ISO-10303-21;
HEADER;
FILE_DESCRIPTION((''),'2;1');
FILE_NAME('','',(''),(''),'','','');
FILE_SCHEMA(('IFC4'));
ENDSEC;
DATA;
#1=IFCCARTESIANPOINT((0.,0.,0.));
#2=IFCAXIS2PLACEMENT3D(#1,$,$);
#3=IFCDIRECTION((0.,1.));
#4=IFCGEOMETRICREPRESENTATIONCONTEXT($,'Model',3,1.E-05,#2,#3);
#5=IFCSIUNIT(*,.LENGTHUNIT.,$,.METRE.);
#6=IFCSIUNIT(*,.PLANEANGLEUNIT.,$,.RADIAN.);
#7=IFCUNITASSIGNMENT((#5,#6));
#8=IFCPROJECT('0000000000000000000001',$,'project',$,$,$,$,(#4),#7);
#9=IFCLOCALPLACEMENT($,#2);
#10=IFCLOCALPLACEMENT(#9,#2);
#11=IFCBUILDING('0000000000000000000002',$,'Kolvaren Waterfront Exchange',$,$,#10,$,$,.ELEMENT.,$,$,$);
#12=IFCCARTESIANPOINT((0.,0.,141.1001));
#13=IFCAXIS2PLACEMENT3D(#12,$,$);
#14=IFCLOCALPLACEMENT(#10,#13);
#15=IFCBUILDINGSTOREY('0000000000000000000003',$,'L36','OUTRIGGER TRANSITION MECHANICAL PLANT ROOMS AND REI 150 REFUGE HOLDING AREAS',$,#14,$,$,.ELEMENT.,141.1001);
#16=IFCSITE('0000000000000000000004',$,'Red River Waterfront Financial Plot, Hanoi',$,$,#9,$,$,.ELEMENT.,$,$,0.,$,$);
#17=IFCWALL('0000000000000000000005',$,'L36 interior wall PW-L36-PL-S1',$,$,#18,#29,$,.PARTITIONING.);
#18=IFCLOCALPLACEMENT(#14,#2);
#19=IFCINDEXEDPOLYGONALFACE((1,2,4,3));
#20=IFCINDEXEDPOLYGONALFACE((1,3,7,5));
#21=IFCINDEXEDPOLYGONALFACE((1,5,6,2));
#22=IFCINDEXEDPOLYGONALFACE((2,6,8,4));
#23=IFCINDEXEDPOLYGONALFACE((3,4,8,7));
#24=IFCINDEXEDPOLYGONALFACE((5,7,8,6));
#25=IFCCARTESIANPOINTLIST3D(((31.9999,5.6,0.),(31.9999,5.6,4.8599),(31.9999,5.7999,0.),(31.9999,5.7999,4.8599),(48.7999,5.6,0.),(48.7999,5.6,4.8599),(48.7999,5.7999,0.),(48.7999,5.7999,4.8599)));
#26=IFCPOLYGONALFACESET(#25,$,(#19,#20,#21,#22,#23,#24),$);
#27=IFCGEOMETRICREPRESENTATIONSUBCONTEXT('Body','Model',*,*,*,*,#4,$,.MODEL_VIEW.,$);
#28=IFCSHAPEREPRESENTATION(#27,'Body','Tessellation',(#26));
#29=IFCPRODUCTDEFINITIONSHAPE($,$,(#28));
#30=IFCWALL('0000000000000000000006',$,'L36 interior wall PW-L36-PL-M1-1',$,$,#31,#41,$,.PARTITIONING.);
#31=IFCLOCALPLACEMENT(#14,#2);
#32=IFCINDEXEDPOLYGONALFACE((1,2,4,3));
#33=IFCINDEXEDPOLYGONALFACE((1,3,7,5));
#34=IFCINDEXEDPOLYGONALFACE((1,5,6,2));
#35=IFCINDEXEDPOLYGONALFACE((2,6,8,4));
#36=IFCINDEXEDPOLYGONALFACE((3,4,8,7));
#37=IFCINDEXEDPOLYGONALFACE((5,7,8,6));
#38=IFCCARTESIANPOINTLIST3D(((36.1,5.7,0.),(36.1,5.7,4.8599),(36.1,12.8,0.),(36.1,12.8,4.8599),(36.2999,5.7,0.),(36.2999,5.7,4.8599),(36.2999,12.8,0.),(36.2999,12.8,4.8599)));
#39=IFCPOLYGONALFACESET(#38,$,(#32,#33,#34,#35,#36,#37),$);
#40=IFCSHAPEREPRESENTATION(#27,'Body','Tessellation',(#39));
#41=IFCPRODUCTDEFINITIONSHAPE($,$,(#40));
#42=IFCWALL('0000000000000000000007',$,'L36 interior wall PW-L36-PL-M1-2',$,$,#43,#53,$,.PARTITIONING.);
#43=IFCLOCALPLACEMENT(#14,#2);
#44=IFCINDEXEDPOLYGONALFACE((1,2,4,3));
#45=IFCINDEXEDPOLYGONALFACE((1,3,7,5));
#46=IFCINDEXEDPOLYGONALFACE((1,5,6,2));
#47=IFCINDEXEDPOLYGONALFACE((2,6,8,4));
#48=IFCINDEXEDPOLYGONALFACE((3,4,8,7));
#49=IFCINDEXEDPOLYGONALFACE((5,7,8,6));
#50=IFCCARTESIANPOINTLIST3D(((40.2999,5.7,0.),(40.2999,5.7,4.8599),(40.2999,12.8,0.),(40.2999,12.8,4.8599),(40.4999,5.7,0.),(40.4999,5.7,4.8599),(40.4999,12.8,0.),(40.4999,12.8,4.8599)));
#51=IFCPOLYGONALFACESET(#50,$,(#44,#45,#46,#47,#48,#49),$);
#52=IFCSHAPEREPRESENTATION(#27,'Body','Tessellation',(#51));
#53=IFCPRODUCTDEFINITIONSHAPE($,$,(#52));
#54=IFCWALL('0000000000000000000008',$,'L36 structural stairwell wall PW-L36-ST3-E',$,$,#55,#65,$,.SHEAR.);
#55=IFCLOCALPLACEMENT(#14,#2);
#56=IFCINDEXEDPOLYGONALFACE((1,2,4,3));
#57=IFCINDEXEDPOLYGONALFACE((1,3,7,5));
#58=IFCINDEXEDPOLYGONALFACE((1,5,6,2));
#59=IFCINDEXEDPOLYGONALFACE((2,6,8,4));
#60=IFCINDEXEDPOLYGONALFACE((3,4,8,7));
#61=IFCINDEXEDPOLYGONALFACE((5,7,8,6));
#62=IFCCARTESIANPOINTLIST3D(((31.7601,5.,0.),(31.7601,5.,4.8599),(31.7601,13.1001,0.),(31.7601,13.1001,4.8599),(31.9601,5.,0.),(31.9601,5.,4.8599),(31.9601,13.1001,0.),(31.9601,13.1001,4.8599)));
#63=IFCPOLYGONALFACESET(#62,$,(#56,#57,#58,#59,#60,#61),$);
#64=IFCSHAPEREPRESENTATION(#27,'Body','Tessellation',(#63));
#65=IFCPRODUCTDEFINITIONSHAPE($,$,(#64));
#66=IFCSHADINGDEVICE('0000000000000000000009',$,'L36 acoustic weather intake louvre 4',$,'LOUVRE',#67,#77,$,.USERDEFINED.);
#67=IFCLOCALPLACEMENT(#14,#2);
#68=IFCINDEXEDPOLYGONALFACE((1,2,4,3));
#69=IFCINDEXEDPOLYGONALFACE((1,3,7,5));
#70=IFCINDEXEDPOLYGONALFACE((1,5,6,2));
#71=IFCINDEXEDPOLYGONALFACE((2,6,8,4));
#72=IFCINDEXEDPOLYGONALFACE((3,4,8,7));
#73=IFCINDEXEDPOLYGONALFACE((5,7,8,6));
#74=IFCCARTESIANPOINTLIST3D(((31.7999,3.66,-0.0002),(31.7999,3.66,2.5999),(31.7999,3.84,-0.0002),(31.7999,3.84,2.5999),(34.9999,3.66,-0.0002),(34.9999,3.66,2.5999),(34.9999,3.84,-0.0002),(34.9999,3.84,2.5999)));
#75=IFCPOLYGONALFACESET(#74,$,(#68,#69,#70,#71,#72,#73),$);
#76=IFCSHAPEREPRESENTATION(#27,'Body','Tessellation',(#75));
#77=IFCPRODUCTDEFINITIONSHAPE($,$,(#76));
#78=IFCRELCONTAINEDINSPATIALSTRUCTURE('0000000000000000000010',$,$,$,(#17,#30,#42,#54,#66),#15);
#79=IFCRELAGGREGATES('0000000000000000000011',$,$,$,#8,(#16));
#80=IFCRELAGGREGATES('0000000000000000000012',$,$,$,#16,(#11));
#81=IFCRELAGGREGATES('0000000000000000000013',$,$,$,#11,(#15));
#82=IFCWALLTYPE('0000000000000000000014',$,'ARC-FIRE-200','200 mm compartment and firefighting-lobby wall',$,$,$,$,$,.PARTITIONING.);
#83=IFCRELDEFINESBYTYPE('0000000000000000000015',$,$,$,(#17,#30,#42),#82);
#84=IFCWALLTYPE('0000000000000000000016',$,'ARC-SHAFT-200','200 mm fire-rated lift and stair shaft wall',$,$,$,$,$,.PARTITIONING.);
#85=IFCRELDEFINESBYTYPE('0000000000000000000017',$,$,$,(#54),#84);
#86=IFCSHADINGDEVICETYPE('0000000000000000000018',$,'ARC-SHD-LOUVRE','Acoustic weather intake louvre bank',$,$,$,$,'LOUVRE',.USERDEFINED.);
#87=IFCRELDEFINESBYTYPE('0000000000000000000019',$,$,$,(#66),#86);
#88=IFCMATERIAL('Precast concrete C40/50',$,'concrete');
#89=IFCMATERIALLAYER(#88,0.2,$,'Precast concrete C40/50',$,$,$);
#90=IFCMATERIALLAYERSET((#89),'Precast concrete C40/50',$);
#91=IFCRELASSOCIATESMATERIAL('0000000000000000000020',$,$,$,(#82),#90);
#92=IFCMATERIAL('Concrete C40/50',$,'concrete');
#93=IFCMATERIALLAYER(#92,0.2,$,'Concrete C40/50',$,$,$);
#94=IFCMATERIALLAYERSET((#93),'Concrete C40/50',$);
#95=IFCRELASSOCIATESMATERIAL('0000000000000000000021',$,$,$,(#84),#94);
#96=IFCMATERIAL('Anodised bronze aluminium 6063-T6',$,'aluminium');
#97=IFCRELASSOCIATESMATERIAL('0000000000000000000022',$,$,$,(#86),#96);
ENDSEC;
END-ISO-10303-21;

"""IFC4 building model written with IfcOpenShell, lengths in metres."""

from ifc_helpers import new_model, si_unit, direction, frame, frame_2d, origin, origin_with_axes, origin_2d, place, context, subcontext, project, spatial, rectangle, extrude, source, transform, mapped, material, layer, layer_set, type_object, element, save


model = new_model("IFC4")

# Units and contexts
model_context = context("Model", 3, precision=1e-05, world=origin(), true_north=direction((0.0, 1.0)))
body_context = subcontext(model_context, "Body", "Model", "MODEL_VIEW")
ifc_project = project(units=[si_unit("LENGTHUNIT", "METRE"), si_unit("PLANEANGLEUNIT", "RADIAN")], contexts=[model_context])

# Site, building, storey
site_placement = place(None, origin())
site = spatial("IfcSite", under=ifc_project, at=site_placement, Name="Red River Waterfront Financial Plot, Hanoi", CompositionType="ELEMENT", RefElevation=0.0)
building_placement = place(site_placement, origin())
building = spatial("IfcBuilding", under=site, at=building_placement, Name="Kolvaren Waterfront Exchange", CompositionType="ELEMENT")
storey_placement = place(building_placement, frame((0.0, 0.0, 141.1001)))
storey = spatial("IfcBuildingStorey", under=building, at=storey_placement, Name="L36", Description="OUTRIGGER TRANSITION MECHANICAL PLANT ROOMS AND REI 150 REFUGE HOLDING AREAS", CompositionType="ELEMENT", Elevation=141.1001)

# Shared definitions
ifc_material_1 = material(Name="Anodised bronze aluminium 6063-T6", Category="aluminium")

# Shared definitions
ifc_material_2 = material(Name="Precast concrete C40/50", Category="concrete")
ifc_layer_1 = layer(ifc_material_2, 0.2, Name="Precast concrete C40/50")
ifc_layer_set_1 = layer_set([ifc_layer_1], Name="Precast concrete C40/50")
wall_type_1 = type_object("IfcWallType", Name="ARC-FIRE-200", Description="200 mm compartment and firefighting-lobby wall", PredefinedType="PARTITIONING", material=ifc_layer_set_1)

# Walls
wall_1_placement = place(storey_placement, frame((32.0, 5.7, 0.0), z_axis=(0.0, 0.0, 1.0), x_axis=(1.0, 0.0, 0.0)))
element("IfcWall", 1, at=wall_1_placement, inside=storey, type_object=wall_type_1, Name="L36 interior wall PW-L36-PL-S1", PredefinedType="PARTITIONING", context=body_context, shape_type="SweptSolid", body=[
    extrude(rectangle(XDim=16.8, YDim=0.2, at=frame_2d((8.3999, 0.0))), origin(), (0.0, 0.0, 1.0), 4.8599),
])
for number, where, z_axis, x_axis, name in (
    (2, (36.2, 5.7, 0.0), (0.0, 0.0, 1.0), (0.0, 1.0, 0.0), "L36 interior wall PW-L36-PL-M1-1"),
    (3, (40.3999, 5.7, 0.0), (0.0, 0.0, 1.0), (0.0, 1.0, 0.0), "L36 interior wall PW-L36-PL-M1-2"),
):
    element("IfcWall", number, at=place(storey_placement, frame(where, z_axis=z_axis, x_axis=x_axis)), inside=storey, type_object=wall_type_1, Name=name, PredefinedType="PARTITIONING", context=body_context, shape_type="SweptSolid", body=[
        extrude(rectangle(XDim=7.1001, YDim=0.2, at=frame_2d((3.55, 0.0))), origin(), (0.0, 0.0, 1.0), 4.8599),
    ])
ifc_material_3 = material(Name="Concrete C40/50", Category="concrete")
ifc_layer_2 = layer(ifc_material_3, 0.2, Name="Concrete C40/50")
ifc_layer_set_2 = layer_set([ifc_layer_2], Name="Concrete C40/50")
wall_type_2 = type_object("IfcWallType", Name="ARC-SHAFT-200", Description="200 mm fire-rated lift and stair shaft wall", PredefinedType="PARTITIONING", material=ifc_layer_set_2)
wall_2_placement = place(storey_placement, frame((31.8601, 5.0, 0.0), z_axis=(0.0, 0.0, 1.0), x_axis=(0.0, 1.0, 0.0)))
element("IfcWall", 4, at=wall_2_placement, inside=storey, type_object=wall_type_2, Name="L36 structural stairwell wall PW-L36-ST3-E", PredefinedType="SHEAR", context=body_context, shape_type="SweptSolid", body=[
    extrude(rectangle(XDim=8.1001, YDim=0.2, at=frame_2d((4.05, 0.0))), origin(), (0.0, 0.0, 1.0), 4.8599),
])

# Shading device
shading_device_type = type_object("IfcShadingDeviceType", Name="ARC-SHD-LOUVRE", Description="Acoustic weather intake louvre bank", ElementType="LOUVRE", PredefinedType="USERDEFINED", material=ifc_material_1)
shared_shape_1 = source(origin_with_axes(), body_context, "Body", "SweptSolid", [
    extrude(rectangle(XDim=3.2, YDim=0.1799, at=origin_2d()), origin(), (0.0, 0.0, 1.0), 2.6001),
])
shading_device_placement = place(storey_placement, frame((33.3999, 3.75, -0.0002), z_axis=(0.0, 0.0, 1.0), x_axis=(1.0, 0.0, 0.0)))
element("IfcShadingDevice", 5, at=shading_device_placement, inside=storey, type_object=shading_device_type, Name="L36 acoustic weather intake louvre 4", ObjectType="LOUVRE", PredefinedType="USERDEFINED", context=body_context, shape_type="MappedRepresentation", body=[
    mapped(shared_shape_1, transform((0.0, 0.0, 0.0), x_axis=(1.0, 0.0, 0.0), y_axis=(0.0, 1.0, 0.0), z_axis=(0.0, 0.0, 1.0), scale=1.0)),
])

save(model, "model.ifc")
